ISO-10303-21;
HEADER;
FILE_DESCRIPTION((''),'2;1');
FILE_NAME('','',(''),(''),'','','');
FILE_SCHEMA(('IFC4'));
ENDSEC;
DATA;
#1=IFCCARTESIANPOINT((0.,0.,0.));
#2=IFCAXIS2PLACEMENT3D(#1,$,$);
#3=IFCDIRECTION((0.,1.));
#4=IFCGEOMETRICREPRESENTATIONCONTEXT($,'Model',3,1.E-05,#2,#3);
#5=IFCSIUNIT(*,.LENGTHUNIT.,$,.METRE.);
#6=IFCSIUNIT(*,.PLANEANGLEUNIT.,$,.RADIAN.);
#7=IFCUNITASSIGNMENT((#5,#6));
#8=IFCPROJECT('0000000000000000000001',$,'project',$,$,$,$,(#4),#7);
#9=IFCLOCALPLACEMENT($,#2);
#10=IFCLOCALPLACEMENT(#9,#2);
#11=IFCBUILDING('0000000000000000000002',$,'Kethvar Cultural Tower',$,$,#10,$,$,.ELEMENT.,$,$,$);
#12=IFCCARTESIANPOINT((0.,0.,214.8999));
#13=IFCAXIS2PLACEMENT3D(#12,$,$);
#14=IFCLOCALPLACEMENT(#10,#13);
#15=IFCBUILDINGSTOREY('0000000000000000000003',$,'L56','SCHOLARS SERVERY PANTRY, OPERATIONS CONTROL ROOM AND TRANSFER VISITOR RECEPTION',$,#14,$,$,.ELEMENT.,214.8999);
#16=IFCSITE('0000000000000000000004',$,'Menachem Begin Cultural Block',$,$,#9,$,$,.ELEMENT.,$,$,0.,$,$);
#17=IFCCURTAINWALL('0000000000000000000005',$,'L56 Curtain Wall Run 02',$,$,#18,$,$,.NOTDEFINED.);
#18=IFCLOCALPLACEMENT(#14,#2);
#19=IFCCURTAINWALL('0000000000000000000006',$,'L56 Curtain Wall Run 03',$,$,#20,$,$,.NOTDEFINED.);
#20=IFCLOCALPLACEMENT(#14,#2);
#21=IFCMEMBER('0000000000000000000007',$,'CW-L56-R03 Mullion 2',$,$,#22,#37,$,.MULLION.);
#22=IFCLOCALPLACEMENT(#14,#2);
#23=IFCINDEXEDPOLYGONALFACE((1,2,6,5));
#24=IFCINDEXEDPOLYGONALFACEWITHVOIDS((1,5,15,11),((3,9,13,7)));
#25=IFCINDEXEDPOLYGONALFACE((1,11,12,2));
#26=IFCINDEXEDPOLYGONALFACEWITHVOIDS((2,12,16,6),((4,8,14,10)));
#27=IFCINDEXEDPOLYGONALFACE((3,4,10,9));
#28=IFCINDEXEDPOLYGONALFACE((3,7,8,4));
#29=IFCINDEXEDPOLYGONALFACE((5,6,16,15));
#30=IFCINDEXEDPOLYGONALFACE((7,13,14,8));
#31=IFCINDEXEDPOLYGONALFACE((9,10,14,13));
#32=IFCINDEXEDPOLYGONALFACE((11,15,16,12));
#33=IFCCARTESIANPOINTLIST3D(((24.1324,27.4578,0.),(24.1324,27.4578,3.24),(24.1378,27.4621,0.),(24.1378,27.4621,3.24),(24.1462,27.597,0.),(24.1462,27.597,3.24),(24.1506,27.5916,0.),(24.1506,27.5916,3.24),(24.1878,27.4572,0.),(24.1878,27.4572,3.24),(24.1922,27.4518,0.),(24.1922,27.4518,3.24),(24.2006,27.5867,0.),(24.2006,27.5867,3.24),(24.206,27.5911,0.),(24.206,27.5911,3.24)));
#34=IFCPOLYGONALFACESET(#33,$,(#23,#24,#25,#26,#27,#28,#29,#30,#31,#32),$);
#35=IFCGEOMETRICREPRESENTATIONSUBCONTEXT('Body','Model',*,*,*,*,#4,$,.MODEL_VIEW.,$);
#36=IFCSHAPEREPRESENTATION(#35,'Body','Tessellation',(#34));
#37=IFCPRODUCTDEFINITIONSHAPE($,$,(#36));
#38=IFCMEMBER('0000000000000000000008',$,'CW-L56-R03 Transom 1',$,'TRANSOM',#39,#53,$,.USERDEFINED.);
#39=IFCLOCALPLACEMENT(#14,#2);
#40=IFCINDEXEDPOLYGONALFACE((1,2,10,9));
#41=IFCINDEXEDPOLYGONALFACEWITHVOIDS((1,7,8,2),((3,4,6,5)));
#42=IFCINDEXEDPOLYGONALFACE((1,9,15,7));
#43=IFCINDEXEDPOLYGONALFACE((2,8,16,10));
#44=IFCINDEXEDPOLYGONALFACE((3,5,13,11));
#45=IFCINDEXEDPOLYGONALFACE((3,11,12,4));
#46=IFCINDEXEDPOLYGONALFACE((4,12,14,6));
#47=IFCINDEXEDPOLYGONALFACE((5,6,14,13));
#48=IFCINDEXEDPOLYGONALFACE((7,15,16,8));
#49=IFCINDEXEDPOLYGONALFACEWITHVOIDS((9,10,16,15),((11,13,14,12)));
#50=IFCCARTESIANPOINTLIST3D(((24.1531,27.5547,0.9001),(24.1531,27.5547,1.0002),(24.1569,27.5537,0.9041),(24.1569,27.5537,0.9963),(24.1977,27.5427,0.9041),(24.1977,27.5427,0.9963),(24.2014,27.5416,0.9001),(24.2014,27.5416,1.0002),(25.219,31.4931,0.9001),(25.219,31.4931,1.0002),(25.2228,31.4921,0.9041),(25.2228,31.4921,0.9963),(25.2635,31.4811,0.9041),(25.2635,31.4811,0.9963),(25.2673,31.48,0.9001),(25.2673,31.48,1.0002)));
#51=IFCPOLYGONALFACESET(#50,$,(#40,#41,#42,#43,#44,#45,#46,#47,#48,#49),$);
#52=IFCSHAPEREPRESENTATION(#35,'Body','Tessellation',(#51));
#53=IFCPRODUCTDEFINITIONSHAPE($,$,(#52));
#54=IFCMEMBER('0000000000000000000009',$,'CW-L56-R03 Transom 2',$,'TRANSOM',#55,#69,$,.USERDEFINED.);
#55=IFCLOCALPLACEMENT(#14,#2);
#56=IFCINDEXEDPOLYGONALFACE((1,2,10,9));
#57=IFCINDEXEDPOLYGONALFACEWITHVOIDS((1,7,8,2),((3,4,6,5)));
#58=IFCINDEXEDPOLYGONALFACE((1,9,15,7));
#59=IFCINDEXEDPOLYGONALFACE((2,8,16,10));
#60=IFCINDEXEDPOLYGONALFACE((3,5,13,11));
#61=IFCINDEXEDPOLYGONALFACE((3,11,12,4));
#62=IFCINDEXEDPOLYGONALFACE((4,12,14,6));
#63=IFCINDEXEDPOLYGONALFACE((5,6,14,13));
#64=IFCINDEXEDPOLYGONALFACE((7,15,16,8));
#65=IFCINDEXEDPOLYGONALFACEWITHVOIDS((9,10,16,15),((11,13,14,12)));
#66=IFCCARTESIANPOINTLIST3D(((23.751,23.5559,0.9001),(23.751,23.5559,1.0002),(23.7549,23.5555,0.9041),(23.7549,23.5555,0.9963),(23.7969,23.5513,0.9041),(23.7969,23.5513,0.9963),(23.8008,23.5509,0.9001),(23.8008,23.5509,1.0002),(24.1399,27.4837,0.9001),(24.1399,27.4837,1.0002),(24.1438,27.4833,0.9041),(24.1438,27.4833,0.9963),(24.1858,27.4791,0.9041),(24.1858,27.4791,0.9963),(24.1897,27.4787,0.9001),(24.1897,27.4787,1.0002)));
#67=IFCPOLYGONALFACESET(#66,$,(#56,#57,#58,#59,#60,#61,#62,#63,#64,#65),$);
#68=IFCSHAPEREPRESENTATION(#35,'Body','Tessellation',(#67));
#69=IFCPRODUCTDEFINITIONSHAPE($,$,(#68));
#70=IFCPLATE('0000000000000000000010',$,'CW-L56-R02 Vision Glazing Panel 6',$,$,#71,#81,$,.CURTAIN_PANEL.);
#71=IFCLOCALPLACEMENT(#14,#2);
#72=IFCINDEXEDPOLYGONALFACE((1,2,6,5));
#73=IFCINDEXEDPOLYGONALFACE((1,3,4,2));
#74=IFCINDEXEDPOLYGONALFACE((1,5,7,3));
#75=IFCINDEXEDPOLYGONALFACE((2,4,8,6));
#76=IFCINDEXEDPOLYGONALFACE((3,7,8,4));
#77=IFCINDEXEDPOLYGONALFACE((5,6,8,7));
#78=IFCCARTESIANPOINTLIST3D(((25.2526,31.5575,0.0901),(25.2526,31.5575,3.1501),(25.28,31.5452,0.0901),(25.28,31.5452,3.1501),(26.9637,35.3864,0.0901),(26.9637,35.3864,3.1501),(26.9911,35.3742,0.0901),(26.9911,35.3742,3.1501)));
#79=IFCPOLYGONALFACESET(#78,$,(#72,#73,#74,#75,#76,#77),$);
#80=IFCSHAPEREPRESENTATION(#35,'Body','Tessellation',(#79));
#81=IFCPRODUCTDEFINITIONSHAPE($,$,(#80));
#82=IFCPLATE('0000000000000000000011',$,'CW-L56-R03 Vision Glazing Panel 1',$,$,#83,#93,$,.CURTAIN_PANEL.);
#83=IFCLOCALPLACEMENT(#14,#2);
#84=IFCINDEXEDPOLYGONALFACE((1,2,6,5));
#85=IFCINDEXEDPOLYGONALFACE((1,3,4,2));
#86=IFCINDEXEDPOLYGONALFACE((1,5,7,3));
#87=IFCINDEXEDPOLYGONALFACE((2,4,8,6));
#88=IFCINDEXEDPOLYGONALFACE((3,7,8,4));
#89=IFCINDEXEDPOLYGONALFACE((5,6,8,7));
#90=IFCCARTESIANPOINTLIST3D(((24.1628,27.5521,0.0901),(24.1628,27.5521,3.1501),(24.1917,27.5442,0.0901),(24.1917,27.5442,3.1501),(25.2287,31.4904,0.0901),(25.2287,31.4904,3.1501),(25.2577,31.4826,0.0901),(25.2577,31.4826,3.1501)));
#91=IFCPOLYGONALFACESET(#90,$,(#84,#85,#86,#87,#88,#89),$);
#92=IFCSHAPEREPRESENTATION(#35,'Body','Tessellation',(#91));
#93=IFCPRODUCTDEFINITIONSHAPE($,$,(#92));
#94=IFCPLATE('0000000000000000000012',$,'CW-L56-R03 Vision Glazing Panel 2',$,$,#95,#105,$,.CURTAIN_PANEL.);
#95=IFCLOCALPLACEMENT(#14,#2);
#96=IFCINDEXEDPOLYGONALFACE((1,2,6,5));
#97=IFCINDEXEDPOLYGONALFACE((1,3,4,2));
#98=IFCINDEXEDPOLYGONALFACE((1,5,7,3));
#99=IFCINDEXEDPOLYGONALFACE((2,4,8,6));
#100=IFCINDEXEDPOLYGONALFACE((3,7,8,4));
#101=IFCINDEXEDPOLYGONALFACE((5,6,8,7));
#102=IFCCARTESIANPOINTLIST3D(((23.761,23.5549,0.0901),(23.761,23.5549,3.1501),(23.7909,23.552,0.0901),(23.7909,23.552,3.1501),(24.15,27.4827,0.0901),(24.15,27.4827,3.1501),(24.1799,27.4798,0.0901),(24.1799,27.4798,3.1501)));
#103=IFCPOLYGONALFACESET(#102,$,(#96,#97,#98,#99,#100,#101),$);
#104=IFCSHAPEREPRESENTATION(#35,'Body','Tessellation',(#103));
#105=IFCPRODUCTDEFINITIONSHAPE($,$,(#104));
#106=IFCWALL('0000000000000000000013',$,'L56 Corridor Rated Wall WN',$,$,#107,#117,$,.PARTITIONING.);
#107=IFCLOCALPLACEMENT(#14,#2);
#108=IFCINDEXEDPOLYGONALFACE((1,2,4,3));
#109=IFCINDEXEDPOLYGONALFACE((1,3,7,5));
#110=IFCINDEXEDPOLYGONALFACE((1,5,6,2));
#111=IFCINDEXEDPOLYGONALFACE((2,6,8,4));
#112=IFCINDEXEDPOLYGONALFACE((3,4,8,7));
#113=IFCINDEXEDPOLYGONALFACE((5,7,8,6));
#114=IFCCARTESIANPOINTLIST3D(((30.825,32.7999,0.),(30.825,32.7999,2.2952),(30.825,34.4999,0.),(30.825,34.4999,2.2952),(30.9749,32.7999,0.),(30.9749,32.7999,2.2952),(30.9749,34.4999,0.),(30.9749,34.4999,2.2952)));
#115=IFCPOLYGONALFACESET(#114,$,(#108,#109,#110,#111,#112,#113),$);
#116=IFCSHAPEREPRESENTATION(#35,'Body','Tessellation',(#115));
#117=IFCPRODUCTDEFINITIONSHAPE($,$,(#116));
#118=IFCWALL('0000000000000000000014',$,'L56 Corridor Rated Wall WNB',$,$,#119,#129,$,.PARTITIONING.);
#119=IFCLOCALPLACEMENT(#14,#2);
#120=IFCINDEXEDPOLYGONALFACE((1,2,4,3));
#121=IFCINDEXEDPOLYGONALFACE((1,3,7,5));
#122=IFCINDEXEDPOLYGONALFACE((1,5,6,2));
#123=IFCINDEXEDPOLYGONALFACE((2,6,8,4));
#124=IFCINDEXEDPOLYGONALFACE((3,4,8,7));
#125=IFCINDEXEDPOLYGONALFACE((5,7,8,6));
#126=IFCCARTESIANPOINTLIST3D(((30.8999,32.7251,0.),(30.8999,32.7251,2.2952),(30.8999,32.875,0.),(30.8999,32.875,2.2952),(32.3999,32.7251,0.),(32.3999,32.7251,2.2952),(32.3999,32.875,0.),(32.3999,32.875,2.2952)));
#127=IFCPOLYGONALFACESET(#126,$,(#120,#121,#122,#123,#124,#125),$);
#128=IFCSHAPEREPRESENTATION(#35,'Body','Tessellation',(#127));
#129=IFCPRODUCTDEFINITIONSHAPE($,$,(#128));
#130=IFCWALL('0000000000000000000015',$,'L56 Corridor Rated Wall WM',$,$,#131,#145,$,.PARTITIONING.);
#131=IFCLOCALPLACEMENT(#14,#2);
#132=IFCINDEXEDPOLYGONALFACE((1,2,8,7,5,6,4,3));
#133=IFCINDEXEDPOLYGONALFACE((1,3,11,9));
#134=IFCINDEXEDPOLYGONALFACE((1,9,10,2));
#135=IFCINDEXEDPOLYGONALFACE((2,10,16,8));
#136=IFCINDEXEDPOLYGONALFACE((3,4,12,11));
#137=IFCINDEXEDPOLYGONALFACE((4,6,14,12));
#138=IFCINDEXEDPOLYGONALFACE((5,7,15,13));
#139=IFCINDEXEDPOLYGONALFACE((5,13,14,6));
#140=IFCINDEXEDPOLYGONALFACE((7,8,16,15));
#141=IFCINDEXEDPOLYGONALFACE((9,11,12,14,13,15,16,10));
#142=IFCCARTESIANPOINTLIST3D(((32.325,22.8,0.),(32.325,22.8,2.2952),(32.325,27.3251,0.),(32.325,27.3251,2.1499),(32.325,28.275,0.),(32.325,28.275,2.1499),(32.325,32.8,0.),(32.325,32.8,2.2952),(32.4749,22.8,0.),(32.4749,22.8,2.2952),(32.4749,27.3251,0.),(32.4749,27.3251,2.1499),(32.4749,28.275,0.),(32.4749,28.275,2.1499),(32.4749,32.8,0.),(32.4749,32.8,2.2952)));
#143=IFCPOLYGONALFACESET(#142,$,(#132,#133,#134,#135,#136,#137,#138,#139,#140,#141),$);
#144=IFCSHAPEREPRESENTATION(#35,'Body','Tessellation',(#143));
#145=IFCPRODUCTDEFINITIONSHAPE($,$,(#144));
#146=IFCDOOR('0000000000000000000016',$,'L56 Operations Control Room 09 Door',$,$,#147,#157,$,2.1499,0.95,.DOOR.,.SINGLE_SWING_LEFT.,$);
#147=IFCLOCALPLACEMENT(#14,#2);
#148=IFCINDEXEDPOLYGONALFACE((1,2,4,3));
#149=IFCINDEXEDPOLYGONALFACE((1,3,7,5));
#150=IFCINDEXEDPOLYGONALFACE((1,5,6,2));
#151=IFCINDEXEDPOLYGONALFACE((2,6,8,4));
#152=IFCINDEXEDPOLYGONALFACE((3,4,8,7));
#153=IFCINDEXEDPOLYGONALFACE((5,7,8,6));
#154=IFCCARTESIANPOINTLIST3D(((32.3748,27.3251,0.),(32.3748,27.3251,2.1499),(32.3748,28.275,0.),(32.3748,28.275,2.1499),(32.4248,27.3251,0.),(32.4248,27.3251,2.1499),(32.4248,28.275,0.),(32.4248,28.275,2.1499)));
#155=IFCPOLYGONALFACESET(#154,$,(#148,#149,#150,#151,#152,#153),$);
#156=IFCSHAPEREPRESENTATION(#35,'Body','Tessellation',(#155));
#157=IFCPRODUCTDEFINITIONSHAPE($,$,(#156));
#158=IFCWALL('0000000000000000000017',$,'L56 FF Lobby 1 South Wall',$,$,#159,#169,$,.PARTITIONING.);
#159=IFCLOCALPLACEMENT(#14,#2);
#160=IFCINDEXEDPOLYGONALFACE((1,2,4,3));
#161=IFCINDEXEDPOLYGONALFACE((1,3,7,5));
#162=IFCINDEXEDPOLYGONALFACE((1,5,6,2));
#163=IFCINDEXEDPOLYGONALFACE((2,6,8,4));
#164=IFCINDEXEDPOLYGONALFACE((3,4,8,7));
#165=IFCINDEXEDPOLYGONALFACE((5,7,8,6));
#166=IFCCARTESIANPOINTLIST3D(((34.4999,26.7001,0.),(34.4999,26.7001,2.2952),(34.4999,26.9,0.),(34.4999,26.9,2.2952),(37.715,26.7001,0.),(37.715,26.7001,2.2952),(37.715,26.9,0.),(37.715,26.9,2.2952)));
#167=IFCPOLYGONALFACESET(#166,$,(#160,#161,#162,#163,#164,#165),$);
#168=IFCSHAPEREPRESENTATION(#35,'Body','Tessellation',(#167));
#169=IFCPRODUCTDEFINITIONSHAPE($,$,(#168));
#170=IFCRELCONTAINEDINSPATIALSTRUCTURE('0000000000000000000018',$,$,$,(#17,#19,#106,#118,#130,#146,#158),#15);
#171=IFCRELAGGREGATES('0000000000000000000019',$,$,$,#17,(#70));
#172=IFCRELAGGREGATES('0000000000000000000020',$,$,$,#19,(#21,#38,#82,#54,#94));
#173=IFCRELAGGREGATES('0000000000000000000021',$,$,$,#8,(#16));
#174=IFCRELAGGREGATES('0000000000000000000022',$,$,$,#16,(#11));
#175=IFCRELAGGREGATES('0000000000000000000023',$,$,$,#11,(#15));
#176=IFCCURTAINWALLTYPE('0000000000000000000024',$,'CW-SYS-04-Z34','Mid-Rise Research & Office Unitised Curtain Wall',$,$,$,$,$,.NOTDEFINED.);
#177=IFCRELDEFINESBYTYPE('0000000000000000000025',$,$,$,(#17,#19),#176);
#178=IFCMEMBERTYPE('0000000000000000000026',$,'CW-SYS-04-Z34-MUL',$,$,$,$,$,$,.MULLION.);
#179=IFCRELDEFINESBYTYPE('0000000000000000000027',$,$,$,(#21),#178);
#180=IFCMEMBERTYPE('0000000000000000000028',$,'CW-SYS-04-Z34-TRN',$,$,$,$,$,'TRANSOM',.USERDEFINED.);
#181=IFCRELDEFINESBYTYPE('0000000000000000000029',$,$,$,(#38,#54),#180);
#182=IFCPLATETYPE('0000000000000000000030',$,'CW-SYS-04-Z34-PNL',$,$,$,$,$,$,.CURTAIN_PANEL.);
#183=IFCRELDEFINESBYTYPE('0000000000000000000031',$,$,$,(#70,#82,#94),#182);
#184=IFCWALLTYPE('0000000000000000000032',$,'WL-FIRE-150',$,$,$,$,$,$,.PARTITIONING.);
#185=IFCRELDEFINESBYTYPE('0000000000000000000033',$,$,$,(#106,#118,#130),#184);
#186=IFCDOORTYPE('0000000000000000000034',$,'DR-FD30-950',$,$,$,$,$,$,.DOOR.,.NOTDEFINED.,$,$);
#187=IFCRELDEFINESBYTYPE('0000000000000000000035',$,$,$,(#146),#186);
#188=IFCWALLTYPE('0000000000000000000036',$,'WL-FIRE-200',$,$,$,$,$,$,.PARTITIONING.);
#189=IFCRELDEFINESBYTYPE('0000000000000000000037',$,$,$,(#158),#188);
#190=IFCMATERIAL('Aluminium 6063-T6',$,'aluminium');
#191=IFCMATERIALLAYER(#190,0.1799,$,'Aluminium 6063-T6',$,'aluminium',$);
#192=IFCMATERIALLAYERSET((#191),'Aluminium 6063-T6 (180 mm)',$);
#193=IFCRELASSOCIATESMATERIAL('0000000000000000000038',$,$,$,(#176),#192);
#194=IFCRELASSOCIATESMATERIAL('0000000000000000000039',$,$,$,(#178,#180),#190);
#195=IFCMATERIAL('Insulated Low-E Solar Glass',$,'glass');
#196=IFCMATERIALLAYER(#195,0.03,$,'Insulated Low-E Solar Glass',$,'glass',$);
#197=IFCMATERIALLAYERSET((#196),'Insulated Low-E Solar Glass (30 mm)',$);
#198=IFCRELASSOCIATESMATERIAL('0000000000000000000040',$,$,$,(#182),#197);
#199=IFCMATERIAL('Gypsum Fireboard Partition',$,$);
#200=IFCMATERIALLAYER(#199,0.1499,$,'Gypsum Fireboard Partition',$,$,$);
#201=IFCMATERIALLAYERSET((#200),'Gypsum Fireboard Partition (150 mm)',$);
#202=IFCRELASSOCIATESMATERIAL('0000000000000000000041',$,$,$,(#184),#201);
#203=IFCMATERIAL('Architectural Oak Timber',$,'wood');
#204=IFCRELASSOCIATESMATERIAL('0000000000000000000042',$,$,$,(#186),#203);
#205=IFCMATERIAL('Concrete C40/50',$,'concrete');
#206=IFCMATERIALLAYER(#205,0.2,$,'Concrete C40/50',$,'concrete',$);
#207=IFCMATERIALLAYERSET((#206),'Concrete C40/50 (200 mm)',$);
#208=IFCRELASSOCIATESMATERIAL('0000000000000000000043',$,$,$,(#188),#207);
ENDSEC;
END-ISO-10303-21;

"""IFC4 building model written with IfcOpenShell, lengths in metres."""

from ifc_helpers import new_model, si_unit, direction, frame, frame_2d, origin, origin_2d, place, context, subcontext, project, spatial, rectangle, hollow_rectangle, extrude, source, transform, mapped, material, layer, layer_set, material_profile, profile_set, type_object, element, fill, aggregate, save


model = new_model("IFC4")

# Units and contexts
model_context = context("Model", 3, precision=1e-05, world=origin(), true_north=direction((0.0, 1.0)))
body_context = subcontext(model_context, "Body", "Model", "MODEL_VIEW")
ifc_project = project(units=[si_unit("LENGTHUNIT", "METRE"), si_unit("PLANEANGLEUNIT", "RADIAN")], contexts=[model_context])

# Site, building, storey
site_placement = place(None, origin())
site = spatial("IfcSite", under=ifc_project, at=site_placement, Name="Menachem Begin Cultural Block", CompositionType="ELEMENT", RefElevation=0.0)
building_placement = place(site_placement, origin())
building = spatial("IfcBuilding", under=site, at=building_placement, Name="Kethvar Cultural Tower", CompositionType="ELEMENT")
storey_placement = place(building_placement, frame((0.0, 0.0, 214.8999)))
storey = spatial("IfcBuildingStorey", under=building, at=storey_placement, Name="L56", Description="SCHOLARS SERVERY PANTRY, OPERATIONS CONTROL ROOM AND TRANSFER VISITOR RECEPTION", CompositionType="ELEMENT", Elevation=214.8999)

# Curtain wall
ifc_material_1 = material(Name="Aluminium 6063-T6", Category="aluminium")
ifc_layer_1 = layer(ifc_material_1, 0.1799, Name="Aluminium 6063-T6", Category="aluminium")
ifc_layer_set_1 = layer_set([ifc_layer_1], Name="Aluminium 6063-T6 (180 mm)")
curtain_wall_type = type_object("IfcCurtainWallType", Name="CW-SYS-04-Z34", Description="Mid-Rise Research & Office Unitised Curtain Wall", PredefinedType="NOTDEFINED", material=ifc_layer_set_1)
curtain_wall_1_placement = place(storey_placement, origin())
curtain_wall_1 = element("IfcCurtainWall", 1, at=curtain_wall_1_placement, inside=storey, type_object=curtain_wall_type, Name="L56 Curtain Wall Run 02", PredefinedType="NOTDEFINED")
ifc_material_profile_1 = material_profile(ifc_material_1, hollow_rectangle(XDim=0.0601, YDim=0.1399, WallThickness=0.0049, at=origin_2d()), Name="Aluminium 6063-T6 — RHS140x60x5")
ifc_profile_set_1 = profile_set([ifc_material_profile_1], Name="Aluminium 6063-T6 — RHS140x60x5")
member_type_1 = type_object("IfcMemberType", Name="CW-SYS-04-Z34-MUL", PredefinedType="MULLION", material=ifc_profile_set_1)
shared_shape_1 = source(origin(), body_context, "Body", "SweptSolid", [
    extrude(hollow_rectangle(XDim=0.0601, YDim=0.1399, WallThickness=0.0049, at=origin_2d()), origin(), (0.0, 0.0, 1.0), 3.24),
])

# Curtain wall, members
curtain_wall_2_placement = place(storey_placement, origin())
curtain_wall_2 = element("IfcCurtainWall", 2, at=curtain_wall_2_placement, inside=storey, type_object=curtain_wall_type, Name="L56 Curtain Wall Run 03", PredefinedType="NOTDEFINED")
member_1_placement = place(storey_placement, frame((24.1692, 27.5244, 0.0), z_axis=(0.0, 0.0, 1.0), x_axis=(0.995132, -0.098556, 0.0)))
member_1 = element("IfcMember", 3, at=member_1_placement, type_object=member_type_1, Name="CW-L56-R03 Mullion 2", PredefinedType="MULLION", context=body_context, shape_type="MappedRepresentation", body=[
    mapped(shared_shape_1, transform((0.0, 0.0, 0.0), scale=1.0)),
])
ifc_material_profile_2 = material_profile(ifc_material_1, hollow_rectangle(XDim=0.05, YDim=0.1001, WallThickness=0.0039, at=origin_2d()), Name="Aluminium 6063-T6 — RHS100x50x4")
ifc_profile_set_2 = profile_set([ifc_material_profile_2], Name="Aluminium 6063-T6 — RHS100x50x4")
member_type_2 = type_object("IfcMemberType", Name="CW-SYS-04-Z34-TRN", ElementType="TRANSOM", PredefinedType="USERDEFINED", material=ifc_profile_set_2)
shared_shape_2 = source(origin(), body_context, "Body", "SweptSolid", [
    extrude(hollow_rectangle(XDim=0.05, YDim=0.1001, WallThickness=0.0039, at=origin_2d()), origin(), (0.0, 0.0, 1.0), 4.0801),
])
member_2_placement = place(storey_placement, frame((25.2432, 31.4866, 0.9502), z_axis=(-0.261244, -0.965273, 0.0), x_axis=(0.965273, -0.261244, 0.0)))
member_2 = element("IfcMember", 4, at=member_2_placement, type_object=member_type_2, Name="CW-L56-R03 Transom 1", ObjectType="TRANSOM", PredefinedType="USERDEFINED", context=body_context, shape_type="MappedRepresentation", body=[
    mapped(shared_shape_2, transform((0.0, 0.0, 0.0), scale=1.0)),
])
shared_shape_3 = source(origin(), body_context, "Body", "SweptSolid", [
    extrude(hollow_rectangle(XDim=0.05, YDim=0.1001, WallThickness=0.0039, at=origin_2d()), origin(), (0.0, 0.0, 1.0), 3.947),
])
member_3_placement = place(storey_placement, frame((24.1648, 27.4812, 0.9502), z_axis=(-0.098536, -0.995133, 0.0), x_axis=(0.995133, -0.098536, 0.0)))
member_3 = element("IfcMember", 5, at=member_3_placement, type_object=member_type_2, Name="CW-L56-R03 Transom 2", ObjectType="TRANSOM", PredefinedType="USERDEFINED", context=body_context, shape_type="MappedRepresentation", body=[
    mapped(shared_shape_3, transform((0.0, 0.0, 0.0), scale=1.0)),
])

# Plates
ifc_material_2 = material(Name="Insulated Low-E Solar Glass", Category="glass")
ifc_layer_2 = layer(ifc_material_2, 0.03, Name="Insulated Low-E Solar Glass", Category="glass")
ifc_layer_set_2 = layer_set([ifc_layer_2], Name="Insulated Low-E Solar Glass (30 mm)")
plate_type = type_object("IfcPlateType", Name="CW-SYS-04-Z34-PNL", PredefinedType="CURTAIN_PANEL", material=ifc_layer_set_2)
shared_shape_4 = source(origin(), body_context, "Body", "SweptSolid", [
    extrude(rectangle(XDim=4.1938, YDim=0.03, at=origin_2d()), origin(), (0.0, 0.0, 1.0), 3.0601),
])
plate_1_placement = place(storey_placement, frame((26.1218, 33.4658, 0.0901), z_axis=(0.0, 0.0, 1.0), x_axis=(-0.407996, -0.912984, 0.0)))
plate_1 = element("IfcPlate", 6, at=plate_1_placement, type_object=plate_type, Name="CW-L56-R02 Vision Glazing Panel 6", PredefinedType="CURTAIN_PANEL", context=body_context, shape_type="MappedRepresentation", body=[
    mapped(shared_shape_4, transform((0.0, 0.0, 0.0), scale=1.0)),
])
aggregate(curtain_wall_1, [plate_1])
shared_shape_5 = source(origin(), body_context, "Body", "SweptSolid", [
    extrude(rectangle(XDim=4.0801, YDim=0.03, at=origin_2d()), origin(), (0.0, 0.0, 1.0), 3.0601),
])
plate_2_placement = place(storey_placement, frame((24.7102, 29.5173, 0.0901), z_axis=(0.0, 0.0, 1.0), x_axis=(-0.261246, -0.965272, 0.0)))
plate_2 = element("IfcPlate", 7, at=plate_2_placement, type_object=plate_type, Name="CW-L56-R03 Vision Glazing Panel 1", PredefinedType="CURTAIN_PANEL", context=body_context, shape_type="MappedRepresentation", body=[
    mapped(shared_shape_5, transform((0.0, 0.0, 0.0), scale=1.0)),
])
shared_shape_6 = source(origin(), body_context, "Body", "SweptSolid", [
    extrude(rectangle(XDim=3.947, YDim=0.03, at=origin_2d()), origin(), (0.0, 0.0, 1.0), 3.0601),
])
plate_3_placement = place(storey_placement, frame((23.9705, 25.5173, 0.0901), z_axis=(0.0, 0.0, 1.0), x_axis=(-0.098556, -0.995132, 0.0)))
plate_3 = element("IfcPlate", 8, at=plate_3_placement, type_object=plate_type, Name="CW-L56-R03 Vision Glazing Panel 2", PredefinedType="CURTAIN_PANEL", context=body_context, shape_type="MappedRepresentation", body=[
    mapped(shared_shape_6, transform((0.0, 0.0, 0.0), scale=1.0)),
])
aggregate(curtain_wall_2, [member_1, member_2, plate_2, member_3, plate_3])

# Walls
ifc_material_3 = material(Name="Gypsum Fireboard Partition")
ifc_layer_3 = layer(ifc_material_3, 0.1499, Name="Gypsum Fireboard Partition")
ifc_layer_set_3 = layer_set([ifc_layer_3], Name="Gypsum Fireboard Partition (150 mm)")
wall_type_1 = type_object("IfcWallType", Name="WL-FIRE-150", PredefinedType="PARTITIONING", material=ifc_layer_set_3)
wall_1_placement = place(storey_placement, frame((30.8999, 34.5, 0.0), z_axis=(0.0, 0.0, 1.0), x_axis=(0.0, -1.0, 0.0)))
element("IfcWall", 9, at=wall_1_placement, inside=storey, type_object=wall_type_1, Name="L56 Corridor Rated Wall WN", PredefinedType="PARTITIONING", context=body_context, shape_type="SweptSolid", body=[
    extrude(rectangle(XDim=1.7, YDim=0.1499, at=frame_2d((0.8501, 0.0))), origin(), (0.0, 0.0, 1.0), 2.2952),
])
wall_2_placement = place(storey_placement, frame((30.8999, 32.8, 0.0), z_axis=(0.0, 0.0, 1.0), x_axis=(1.0, 0.0, 0.0)))
element("IfcWall", 10, at=wall_2_placement, inside=storey, type_object=wall_type_1, Name="L56 Corridor Rated Wall WNB", PredefinedType="PARTITIONING", context=body_context, shape_type="SweptSolid", body=[
    extrude(rectangle(XDim=1.5, YDim=0.1499, at=frame_2d((0.75, 0.0))), origin(), (0.0, 0.0, 1.0), 2.2952),
])

# Wall, opening, door
wall_3_placement = place(storey_placement, frame((32.3999, 32.8, 0.0), z_axis=(0.0, 0.0, 1.0), x_axis=(0.0, -1.0, 0.0)))
wall_3 = element("IfcWall", 11, at=wall_3_placement, inside=storey, type_object=wall_type_1, Name="L56 Corridor Rated Wall WM", PredefinedType="PARTITIONING", context=body_context, shape_type="SweptSolid", body=[
    extrude(rectangle(XDim=10.0, YDim=0.1499, at=frame_2d((5.0, 0.0))), origin(), (0.0, 0.0, 1.0), 2.2952),
])
opening_1_placement = place(wall_3_placement, frame((4.5249, 0.0, 0.0)))
opening_1 = element("IfcOpeningElement", 12, at=opening_1_placement, cuts=wall_3, PredefinedType="OPENING", context=body_context, shape_type="SweptSolid", body=[
    extrude(rectangle(XDim=0.95, YDim=2.1499, at=frame_2d((0.4751, 1.075))), frame((0.0, 0.085, 0.0), z_axis=(0.0, -1.0, 0.0), x_axis=(1.0, 0.0, 0.0)), (0.0, 0.0, 1.0), 0.1699),
])
ifc_material_4 = material(Name="Architectural Oak Timber", Category="wood")
door_type_1 = type_object("IfcDoorType", Name="DR-FD30-950", OperationType="NOTDEFINED", PredefinedType="DOOR", material=ifc_material_4)
shared_shape_7 = source(origin(), body_context, "Body", "SweptSolid", [
    extrude(rectangle(XDim=0.95, YDim=2.1499, at=frame_2d((0.4751, 1.075))), frame((0.0, 0.0249, 0.0), z_axis=(0.0, -1.0, 0.0), x_axis=(1.0, 0.0, 0.0)), (0.0, 0.0, 1.0), 0.05),
])
door_1_placement = place(opening_1_placement, origin())
door_1 = element("IfcDoor", 13, at=door_1_placement, inside=storey, type_object=door_type_1, Name="L56 Operations Control Room 09 Door", OperationType="SINGLE_SWING_LEFT", OverallHeight=2.1499, OverallWidth=0.95, PredefinedType="DOOR", context=body_context, shape_type="MappedRepresentation", body=[
    mapped(shared_shape_7, transform((0.0, 0.0, 0.0), scale=1.0)),
])
fill(opening_1, door_1)
ifc_material_5 = material(Name="Concrete C40/50", Category="concrete")
ifc_layer_4 = layer(ifc_material_5, 0.2, Name="Concrete C40/50", Category="concrete")
ifc_layer_set_4 = layer_set([ifc_layer_4], Name="Concrete C40/50 (200 mm)")
wall_type_2 = type_object("IfcWallType", Name="WL-FIRE-200", PredefinedType="PARTITIONING", material=ifc_layer_set_4)

# Wall
for number, where, z_axis, x_axis, name in (
    (14, (34.5, 26.8, 0.0), (0.0, 0.0, 1.0), (1.0, 0.0, 0.0), "L56 FF Lobby 1 South Wall"),
):
    element("IfcWall", number, at=place(storey_placement, frame(where, z_axis=z_axis, x_axis=x_axis)), inside=storey, type_object=wall_type_2, Name=name, PredefinedType="PARTITIONING", context=body_context, shape_type="SweptSolid", body=[
        extrude(rectangle(XDim=3.2151, YDim=0.2, at=frame_2d((1.6074, 0.0))), origin(), (0.0, 0.0, 1.0), 2.2952),
    ])

save(model, "model.ifc")
